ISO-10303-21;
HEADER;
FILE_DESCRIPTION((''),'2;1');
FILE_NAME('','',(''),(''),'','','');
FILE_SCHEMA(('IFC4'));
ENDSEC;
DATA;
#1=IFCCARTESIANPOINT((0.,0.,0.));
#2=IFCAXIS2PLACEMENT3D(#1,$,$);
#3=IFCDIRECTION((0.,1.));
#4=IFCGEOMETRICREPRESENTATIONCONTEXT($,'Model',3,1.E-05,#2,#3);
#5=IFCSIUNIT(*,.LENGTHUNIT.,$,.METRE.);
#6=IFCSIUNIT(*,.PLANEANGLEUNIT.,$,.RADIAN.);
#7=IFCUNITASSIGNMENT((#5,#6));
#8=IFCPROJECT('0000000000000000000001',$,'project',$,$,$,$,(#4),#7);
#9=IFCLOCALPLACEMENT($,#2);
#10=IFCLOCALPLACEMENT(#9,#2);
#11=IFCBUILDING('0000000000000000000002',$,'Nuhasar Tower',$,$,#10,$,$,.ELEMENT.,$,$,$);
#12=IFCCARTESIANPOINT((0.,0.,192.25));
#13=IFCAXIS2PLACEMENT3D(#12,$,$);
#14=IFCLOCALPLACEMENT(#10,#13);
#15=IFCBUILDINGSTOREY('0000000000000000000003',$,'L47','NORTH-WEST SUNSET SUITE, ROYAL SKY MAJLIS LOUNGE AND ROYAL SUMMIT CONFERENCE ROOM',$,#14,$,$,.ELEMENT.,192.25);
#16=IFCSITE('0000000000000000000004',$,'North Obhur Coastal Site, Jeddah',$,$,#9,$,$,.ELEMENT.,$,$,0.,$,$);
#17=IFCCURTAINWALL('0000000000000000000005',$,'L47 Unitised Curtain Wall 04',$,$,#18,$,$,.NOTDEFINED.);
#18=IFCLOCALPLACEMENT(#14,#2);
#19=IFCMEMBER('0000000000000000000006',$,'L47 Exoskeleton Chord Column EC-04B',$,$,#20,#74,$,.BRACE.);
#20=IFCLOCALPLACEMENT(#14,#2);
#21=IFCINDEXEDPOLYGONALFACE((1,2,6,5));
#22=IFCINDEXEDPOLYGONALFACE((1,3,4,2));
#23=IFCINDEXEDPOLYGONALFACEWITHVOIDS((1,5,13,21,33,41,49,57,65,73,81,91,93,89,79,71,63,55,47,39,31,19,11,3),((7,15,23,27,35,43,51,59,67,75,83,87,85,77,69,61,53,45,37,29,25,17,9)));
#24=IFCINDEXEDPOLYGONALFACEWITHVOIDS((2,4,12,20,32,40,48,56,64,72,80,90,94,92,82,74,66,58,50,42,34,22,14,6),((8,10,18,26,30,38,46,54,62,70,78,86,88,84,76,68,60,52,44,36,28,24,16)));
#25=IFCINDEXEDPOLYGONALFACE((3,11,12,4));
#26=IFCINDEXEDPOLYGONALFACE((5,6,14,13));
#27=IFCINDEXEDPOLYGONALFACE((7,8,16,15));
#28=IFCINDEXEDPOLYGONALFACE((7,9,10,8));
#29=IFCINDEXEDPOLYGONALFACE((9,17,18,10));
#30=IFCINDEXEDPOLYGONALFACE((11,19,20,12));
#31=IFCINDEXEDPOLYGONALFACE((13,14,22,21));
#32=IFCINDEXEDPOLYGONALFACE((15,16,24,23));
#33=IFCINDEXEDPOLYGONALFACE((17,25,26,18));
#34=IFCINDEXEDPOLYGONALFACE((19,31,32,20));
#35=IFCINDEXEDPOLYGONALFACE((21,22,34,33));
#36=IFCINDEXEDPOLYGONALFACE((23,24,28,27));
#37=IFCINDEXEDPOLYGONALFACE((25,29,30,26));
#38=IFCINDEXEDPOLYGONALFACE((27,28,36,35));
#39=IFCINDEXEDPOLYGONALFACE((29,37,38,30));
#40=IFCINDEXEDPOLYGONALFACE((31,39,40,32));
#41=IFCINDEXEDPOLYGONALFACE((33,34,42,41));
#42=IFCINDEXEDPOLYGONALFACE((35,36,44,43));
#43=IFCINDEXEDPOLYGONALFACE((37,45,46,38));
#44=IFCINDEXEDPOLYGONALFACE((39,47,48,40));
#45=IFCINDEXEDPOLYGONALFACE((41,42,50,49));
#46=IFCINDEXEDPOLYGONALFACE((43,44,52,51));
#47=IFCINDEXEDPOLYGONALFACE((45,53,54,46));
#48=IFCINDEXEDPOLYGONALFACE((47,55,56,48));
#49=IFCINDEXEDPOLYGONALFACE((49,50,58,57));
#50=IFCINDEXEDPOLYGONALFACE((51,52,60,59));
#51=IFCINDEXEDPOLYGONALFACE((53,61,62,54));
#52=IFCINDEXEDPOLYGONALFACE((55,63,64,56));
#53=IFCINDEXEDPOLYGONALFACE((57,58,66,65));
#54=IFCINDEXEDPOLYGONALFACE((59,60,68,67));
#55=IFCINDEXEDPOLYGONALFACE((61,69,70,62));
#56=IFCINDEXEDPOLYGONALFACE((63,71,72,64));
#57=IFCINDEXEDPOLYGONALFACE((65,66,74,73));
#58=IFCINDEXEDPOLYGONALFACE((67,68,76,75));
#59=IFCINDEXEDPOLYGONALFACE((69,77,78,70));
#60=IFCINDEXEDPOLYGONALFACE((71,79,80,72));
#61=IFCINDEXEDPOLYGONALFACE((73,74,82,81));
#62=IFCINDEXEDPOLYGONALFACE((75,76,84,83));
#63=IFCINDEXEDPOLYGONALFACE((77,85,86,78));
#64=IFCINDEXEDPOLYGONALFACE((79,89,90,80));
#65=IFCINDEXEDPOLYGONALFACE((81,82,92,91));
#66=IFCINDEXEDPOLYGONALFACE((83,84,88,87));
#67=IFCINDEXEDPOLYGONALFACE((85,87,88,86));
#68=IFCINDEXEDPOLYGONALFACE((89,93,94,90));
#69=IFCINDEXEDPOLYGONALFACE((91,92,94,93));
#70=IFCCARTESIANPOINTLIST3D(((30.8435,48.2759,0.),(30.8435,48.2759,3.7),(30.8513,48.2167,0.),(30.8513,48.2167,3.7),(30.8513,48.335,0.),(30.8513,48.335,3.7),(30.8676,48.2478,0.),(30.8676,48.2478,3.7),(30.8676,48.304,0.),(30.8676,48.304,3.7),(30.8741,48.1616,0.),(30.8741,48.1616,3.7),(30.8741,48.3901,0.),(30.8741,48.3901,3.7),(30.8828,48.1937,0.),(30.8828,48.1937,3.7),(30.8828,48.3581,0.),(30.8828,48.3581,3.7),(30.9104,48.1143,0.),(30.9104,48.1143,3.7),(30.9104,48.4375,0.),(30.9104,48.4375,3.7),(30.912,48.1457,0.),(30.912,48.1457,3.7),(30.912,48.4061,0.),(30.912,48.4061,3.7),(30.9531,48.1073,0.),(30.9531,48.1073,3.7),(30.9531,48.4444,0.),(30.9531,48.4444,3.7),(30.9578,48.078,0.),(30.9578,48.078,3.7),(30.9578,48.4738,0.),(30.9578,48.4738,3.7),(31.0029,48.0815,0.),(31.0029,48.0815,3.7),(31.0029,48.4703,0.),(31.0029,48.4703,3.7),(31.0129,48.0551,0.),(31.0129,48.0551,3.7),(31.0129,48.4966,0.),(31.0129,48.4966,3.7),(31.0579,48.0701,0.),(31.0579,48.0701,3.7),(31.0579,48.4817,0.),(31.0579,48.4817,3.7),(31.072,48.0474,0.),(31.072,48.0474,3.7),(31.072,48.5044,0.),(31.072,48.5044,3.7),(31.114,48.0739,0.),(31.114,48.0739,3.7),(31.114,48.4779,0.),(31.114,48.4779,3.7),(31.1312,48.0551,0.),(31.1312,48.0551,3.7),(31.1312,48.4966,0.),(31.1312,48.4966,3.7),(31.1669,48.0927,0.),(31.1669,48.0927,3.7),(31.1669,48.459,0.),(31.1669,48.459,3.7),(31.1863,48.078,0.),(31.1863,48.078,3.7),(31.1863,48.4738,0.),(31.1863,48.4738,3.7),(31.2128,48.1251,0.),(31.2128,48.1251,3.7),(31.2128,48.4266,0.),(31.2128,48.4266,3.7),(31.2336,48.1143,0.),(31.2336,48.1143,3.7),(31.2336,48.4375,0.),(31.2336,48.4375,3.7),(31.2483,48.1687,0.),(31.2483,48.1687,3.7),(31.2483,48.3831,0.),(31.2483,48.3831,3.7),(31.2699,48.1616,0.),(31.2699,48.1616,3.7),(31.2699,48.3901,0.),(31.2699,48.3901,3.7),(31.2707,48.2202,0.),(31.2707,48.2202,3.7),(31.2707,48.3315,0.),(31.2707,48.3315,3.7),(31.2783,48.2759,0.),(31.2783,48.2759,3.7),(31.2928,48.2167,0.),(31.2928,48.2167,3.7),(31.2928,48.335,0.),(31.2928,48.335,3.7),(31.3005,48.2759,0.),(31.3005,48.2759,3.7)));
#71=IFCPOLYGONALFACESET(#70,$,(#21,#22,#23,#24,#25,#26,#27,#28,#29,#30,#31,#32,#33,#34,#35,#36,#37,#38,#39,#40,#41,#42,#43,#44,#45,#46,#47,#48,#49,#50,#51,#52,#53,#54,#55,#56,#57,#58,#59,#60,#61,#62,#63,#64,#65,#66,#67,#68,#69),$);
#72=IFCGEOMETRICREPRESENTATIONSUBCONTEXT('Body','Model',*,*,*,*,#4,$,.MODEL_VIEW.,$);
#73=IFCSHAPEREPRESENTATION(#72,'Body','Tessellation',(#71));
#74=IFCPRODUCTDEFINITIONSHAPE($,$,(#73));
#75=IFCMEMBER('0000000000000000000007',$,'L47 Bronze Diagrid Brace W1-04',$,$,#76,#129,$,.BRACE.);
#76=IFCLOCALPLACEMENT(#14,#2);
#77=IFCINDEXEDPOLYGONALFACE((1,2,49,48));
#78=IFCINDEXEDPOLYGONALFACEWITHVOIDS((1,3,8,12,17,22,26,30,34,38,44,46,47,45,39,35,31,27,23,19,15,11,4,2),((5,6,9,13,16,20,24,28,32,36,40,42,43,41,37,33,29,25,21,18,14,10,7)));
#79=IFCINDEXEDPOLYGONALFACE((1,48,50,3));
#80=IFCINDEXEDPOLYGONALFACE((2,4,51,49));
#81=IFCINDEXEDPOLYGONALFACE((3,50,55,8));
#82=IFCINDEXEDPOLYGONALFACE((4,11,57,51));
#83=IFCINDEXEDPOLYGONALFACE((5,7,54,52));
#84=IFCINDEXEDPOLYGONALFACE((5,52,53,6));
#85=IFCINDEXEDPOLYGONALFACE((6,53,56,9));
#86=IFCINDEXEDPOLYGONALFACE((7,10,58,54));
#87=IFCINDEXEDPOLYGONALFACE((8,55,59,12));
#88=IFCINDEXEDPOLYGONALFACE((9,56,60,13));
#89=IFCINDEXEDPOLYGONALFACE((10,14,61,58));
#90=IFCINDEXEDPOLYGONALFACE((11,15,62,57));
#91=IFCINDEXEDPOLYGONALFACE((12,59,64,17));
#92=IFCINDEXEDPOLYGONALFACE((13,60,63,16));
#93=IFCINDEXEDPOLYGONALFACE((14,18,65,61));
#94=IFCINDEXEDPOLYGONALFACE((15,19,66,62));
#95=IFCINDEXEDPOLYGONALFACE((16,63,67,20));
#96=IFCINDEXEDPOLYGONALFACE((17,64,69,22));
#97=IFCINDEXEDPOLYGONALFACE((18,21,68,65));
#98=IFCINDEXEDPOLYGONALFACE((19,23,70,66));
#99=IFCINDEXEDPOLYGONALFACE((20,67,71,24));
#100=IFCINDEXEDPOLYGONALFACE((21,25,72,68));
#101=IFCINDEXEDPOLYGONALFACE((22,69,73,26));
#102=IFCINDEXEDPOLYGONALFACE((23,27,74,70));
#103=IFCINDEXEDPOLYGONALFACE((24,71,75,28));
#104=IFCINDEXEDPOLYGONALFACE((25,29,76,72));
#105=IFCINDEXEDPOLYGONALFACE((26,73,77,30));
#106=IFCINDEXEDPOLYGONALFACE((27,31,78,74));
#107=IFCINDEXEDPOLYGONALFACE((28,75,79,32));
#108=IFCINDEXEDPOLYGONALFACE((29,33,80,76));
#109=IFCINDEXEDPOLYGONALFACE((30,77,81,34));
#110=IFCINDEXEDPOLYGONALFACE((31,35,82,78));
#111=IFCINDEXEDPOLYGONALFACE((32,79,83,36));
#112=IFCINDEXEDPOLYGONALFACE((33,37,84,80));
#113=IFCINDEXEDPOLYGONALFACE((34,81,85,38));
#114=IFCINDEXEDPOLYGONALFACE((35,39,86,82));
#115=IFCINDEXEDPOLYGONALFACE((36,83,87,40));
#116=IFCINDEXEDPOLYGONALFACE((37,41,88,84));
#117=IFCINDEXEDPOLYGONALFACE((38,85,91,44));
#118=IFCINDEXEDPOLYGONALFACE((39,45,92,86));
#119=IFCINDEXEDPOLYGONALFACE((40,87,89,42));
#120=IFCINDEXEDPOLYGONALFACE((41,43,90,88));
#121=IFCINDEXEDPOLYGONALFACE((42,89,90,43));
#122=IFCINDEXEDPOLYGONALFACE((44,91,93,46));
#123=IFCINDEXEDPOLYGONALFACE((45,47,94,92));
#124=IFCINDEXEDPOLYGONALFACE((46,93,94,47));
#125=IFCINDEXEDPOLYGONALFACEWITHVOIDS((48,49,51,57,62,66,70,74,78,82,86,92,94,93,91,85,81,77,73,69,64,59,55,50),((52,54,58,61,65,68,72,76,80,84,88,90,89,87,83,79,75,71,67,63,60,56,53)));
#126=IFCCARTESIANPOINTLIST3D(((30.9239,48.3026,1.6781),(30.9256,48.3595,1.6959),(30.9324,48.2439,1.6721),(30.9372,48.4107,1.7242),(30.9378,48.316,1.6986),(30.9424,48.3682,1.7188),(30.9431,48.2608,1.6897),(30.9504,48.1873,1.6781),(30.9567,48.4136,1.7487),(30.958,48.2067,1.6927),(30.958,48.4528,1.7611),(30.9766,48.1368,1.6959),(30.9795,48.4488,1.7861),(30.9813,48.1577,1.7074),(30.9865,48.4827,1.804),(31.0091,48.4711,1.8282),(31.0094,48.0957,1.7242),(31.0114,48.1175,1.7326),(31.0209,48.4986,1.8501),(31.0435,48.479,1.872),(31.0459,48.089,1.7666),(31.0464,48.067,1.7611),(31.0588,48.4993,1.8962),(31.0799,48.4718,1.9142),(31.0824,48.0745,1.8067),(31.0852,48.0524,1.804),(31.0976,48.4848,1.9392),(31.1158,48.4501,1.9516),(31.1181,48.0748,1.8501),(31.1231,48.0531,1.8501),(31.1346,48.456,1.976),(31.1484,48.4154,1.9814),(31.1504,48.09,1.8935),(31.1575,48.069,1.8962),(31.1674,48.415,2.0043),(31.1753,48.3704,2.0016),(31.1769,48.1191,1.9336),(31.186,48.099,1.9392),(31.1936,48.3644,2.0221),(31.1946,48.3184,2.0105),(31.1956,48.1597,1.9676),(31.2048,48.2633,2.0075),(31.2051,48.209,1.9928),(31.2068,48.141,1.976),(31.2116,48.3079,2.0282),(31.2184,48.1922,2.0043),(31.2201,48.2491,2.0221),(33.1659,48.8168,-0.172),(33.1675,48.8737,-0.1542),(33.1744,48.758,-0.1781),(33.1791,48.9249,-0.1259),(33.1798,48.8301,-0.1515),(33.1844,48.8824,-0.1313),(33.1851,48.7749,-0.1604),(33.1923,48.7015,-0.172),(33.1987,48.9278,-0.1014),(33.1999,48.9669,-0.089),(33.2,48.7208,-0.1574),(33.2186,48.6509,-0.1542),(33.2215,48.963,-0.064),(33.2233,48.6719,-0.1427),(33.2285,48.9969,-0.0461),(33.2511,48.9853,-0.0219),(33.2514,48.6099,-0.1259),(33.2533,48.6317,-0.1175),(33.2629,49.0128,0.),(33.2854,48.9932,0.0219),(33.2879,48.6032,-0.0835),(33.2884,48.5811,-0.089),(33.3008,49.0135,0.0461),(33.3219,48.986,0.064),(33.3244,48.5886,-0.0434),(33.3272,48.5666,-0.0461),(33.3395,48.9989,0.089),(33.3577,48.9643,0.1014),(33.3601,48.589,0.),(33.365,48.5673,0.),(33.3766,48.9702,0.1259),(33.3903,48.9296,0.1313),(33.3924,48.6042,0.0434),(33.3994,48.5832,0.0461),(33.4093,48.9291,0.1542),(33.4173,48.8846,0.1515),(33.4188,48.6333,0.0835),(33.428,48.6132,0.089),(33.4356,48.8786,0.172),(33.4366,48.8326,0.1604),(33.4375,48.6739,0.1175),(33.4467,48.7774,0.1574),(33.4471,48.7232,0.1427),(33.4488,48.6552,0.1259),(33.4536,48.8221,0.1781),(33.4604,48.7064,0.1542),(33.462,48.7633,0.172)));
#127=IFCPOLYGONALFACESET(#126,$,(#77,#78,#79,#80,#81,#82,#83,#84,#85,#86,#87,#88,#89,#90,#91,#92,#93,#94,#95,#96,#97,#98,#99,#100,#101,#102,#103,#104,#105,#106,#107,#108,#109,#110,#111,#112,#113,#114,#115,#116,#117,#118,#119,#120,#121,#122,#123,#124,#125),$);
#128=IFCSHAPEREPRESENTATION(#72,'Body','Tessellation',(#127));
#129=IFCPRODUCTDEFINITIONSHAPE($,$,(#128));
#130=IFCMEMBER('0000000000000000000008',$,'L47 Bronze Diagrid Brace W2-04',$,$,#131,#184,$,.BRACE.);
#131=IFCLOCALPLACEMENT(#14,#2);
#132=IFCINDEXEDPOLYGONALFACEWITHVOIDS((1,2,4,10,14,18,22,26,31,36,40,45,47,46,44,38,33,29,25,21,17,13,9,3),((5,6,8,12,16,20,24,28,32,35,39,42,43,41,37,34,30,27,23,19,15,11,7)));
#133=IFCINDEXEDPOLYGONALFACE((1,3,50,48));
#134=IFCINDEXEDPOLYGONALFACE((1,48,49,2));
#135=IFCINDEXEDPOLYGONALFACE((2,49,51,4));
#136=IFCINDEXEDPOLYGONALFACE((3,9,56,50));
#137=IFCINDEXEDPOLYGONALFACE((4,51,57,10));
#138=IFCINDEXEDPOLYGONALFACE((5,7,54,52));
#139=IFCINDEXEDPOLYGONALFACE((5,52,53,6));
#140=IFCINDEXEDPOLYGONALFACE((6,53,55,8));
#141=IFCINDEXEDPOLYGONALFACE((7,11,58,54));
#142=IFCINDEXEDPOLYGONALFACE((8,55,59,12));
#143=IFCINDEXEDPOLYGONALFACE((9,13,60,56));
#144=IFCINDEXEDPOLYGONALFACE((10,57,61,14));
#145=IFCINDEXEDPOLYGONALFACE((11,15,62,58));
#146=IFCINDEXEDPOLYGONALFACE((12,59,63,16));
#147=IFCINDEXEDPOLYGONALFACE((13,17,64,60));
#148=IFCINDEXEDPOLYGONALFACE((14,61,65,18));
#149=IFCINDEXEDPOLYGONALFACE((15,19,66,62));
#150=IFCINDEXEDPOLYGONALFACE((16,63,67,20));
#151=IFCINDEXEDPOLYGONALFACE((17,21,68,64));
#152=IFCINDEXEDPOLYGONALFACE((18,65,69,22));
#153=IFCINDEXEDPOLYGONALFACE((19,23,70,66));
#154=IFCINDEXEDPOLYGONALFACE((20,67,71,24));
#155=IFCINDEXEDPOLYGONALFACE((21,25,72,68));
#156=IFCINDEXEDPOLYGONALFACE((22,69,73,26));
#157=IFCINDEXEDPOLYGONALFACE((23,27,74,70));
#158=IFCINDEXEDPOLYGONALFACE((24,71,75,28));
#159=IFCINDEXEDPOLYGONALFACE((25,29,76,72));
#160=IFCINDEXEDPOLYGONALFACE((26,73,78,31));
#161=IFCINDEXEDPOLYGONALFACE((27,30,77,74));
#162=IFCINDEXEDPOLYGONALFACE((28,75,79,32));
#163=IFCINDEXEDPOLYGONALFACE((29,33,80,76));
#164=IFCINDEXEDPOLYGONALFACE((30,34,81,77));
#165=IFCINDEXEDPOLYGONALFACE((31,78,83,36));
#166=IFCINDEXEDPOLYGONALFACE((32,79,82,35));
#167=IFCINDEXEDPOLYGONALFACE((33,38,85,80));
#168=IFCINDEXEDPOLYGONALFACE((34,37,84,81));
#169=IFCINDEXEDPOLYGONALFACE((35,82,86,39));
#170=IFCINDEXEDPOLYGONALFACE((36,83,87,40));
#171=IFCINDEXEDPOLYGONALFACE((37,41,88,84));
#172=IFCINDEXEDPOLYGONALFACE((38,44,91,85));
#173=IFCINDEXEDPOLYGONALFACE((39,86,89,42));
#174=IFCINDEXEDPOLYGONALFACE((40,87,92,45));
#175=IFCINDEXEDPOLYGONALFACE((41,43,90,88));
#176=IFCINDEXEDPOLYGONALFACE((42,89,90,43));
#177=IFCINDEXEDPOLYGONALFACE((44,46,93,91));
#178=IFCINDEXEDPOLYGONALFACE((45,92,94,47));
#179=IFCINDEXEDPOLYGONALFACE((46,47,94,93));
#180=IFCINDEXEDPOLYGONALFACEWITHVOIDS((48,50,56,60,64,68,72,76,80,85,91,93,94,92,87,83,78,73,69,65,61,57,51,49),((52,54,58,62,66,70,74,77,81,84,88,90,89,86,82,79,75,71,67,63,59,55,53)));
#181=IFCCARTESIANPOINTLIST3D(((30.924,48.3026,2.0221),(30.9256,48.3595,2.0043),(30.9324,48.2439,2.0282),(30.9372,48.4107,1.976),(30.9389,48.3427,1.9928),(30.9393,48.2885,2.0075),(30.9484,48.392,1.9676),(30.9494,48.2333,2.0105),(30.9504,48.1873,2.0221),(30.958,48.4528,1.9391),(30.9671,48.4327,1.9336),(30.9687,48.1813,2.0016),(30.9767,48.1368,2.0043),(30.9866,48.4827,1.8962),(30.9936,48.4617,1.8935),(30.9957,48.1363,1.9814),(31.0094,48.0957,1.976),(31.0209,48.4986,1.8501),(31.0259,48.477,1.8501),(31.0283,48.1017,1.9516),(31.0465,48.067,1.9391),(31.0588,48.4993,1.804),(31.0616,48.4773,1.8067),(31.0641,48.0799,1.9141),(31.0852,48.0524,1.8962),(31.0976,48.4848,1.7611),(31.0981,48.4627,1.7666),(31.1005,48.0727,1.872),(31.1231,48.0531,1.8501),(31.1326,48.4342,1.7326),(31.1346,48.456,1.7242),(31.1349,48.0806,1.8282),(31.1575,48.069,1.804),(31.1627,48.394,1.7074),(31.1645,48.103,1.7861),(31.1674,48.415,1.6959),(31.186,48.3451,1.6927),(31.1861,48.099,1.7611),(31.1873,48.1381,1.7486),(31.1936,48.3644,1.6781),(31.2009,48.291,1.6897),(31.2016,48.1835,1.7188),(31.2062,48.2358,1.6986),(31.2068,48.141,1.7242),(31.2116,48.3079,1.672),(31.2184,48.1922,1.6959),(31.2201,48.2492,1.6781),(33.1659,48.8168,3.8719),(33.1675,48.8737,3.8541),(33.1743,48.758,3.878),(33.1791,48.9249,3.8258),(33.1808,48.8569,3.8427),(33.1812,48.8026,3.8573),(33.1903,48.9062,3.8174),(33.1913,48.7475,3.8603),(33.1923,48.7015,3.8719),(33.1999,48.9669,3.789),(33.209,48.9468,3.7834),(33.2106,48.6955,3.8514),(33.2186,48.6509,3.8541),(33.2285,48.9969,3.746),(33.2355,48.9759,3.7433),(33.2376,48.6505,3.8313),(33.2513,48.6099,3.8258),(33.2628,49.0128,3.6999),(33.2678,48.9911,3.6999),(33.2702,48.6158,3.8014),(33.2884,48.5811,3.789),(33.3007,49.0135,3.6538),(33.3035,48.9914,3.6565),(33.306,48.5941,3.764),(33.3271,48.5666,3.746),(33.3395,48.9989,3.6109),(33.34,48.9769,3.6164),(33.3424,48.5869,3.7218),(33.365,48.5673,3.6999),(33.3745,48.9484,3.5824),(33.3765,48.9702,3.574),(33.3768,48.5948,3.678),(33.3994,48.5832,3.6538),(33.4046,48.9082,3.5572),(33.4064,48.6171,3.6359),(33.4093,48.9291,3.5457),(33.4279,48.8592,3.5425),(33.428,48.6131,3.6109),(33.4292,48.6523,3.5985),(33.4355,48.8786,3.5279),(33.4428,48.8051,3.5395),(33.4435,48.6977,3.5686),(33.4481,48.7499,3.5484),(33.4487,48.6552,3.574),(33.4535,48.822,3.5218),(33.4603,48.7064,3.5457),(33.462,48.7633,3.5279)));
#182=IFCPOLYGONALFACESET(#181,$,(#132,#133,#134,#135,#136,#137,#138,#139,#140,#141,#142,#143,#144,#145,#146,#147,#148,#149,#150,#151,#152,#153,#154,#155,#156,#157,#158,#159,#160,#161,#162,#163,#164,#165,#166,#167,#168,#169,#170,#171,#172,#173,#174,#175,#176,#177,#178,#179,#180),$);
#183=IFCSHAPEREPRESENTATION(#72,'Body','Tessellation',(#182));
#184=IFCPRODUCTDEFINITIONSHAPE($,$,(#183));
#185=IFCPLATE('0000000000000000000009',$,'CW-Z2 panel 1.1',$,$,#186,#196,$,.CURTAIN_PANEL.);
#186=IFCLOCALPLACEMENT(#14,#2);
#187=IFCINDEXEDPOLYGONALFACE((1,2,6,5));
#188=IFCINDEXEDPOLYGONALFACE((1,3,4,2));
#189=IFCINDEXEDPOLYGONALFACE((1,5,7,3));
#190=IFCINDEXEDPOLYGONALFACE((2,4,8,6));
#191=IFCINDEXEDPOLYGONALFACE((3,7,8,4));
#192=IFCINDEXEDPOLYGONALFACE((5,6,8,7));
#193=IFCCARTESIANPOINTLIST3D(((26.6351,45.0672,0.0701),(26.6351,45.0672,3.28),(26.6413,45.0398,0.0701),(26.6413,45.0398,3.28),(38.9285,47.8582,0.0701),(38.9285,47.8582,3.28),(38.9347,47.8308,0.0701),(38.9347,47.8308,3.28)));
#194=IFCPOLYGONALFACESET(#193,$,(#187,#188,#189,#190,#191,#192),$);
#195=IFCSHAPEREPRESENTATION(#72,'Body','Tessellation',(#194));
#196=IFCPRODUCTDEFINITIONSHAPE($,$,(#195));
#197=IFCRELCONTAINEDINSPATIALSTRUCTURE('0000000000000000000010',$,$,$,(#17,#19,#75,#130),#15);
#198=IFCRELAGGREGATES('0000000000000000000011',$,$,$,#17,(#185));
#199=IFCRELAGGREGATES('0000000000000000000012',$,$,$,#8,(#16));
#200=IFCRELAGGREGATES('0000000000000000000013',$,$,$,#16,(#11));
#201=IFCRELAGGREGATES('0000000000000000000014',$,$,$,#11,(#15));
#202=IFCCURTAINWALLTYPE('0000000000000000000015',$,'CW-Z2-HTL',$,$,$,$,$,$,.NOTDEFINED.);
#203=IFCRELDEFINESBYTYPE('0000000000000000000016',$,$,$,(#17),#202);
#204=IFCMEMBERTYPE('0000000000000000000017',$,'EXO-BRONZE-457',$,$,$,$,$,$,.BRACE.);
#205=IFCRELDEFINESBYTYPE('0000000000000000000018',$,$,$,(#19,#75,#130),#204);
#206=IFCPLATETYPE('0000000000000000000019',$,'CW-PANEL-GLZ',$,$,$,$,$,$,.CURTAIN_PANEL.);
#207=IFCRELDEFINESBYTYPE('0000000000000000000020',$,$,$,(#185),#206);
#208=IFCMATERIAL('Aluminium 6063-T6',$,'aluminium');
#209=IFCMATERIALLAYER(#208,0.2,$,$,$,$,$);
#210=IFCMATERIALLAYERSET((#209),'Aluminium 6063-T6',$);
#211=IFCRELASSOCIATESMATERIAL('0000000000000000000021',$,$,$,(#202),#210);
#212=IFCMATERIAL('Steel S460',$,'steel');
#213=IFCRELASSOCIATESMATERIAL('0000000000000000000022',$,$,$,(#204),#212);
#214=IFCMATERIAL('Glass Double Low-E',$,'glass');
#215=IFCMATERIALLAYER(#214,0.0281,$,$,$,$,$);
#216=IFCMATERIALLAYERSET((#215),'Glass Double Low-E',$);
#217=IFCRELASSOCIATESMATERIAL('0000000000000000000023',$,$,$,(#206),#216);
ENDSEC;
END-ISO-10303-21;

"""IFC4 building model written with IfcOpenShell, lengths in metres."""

from ifc_helpers import new_model, si_unit, direction, frame, origin, origin_2d, place, context, subcontext, project, spatial, rectangle, hollow_circle, extrude, material, layer, layer_set, material_profile, profile_set, type_object, element, aggregate, save


model = new_model("IFC4")

# Units and contexts
model_context = context("Model", 3, precision=1e-05, world=origin(), true_north=direction((0.0, 1.0)))
body_context = subcontext(model_context, "Body", "Model", "MODEL_VIEW")
ifc_project = project(units=[si_unit("LENGTHUNIT", "METRE"), si_unit("PLANEANGLEUNIT", "RADIAN")], contexts=[model_context])

# Site, building, storey
site_placement = place(None, origin())
site = spatial("IfcSite", under=ifc_project, at=site_placement, Name="North Obhur Coastal Site, Jeddah", CompositionType="ELEMENT", RefElevation=0.0)
building_placement = place(site_placement, origin())
building = spatial("IfcBuilding", under=site, at=building_placement, Name="Nuhasar Tower", CompositionType="ELEMENT")
storey_placement = place(building_placement, frame((0.0, 0.0, 192.25)))
storey = spatial("IfcBuildingStorey", under=building, at=storey_placement, Name="L47", Description="NORTH-WEST SUNSET SUITE, ROYAL SKY MAJLIS LOUNGE AND ROYAL SUMMIT CONFERENCE ROOM", CompositionType="ELEMENT", Elevation=192.25)

# Curtain wall
ifc_material_1 = material(Name="Aluminium 6063-T6", Category="aluminium")
ifc_layer_1 = layer(ifc_material_1, 0.2)
ifc_layer_set_1 = layer_set([ifc_layer_1], Name="Aluminium 6063-T6")
curtain_wall_type = type_object("IfcCurtainWallType", Name="CW-Z2-HTL", PredefinedType="NOTDEFINED", material=ifc_layer_set_1)
curtain_wall_placement = place(storey_placement, origin())
curtain_wall = element("IfcCurtainWall", 1, at=curtain_wall_placement, inside=storey, type_object=curtain_wall_type, Name="L47 Unitised Curtain Wall 04", PredefinedType="NOTDEFINED")

# Members
ifc_material_2 = material(Name="Steel S460", Category="steel")
ifc_material_profile_1 = material_profile(ifc_material_2, hollow_circle(Radius=0.2285, WallThickness=0.0222, at=origin_2d()), Name="HSS457X22.2")
ifc_profile_set_1 = profile_set([ifc_material_profile_1], Name="Steel S460")
member_type_1 = type_object("IfcMemberType", Name="EXO-BRONZE-457", PredefinedType="BRACE", material=ifc_profile_set_1)
for number, where, z_axis, x_axis, name in (
    (2, (31.072, 48.2759, 0.0), (0.0, 0.0, 1.0), (1.0, 0.0, 0.0), "L47 Exoskeleton Chord Column EC-04B"),
):
    element("IfcMember", number, at=place(storey_placement, frame(where, z_axis=z_axis, x_axis=x_axis)), inside=storey, type_object=member_type_1, Name=name, PredefinedType="BRACE", context=body_context, shape_type="SweptSolid", body=[
        extrude(hollow_circle(Radius=0.2285, WallThickness=0.0222, at=origin_2d()), origin(), (0.0, 0.0, 1.0), 3.7),
    ])
member_1_placement = place(storey_placement, frame((33.314, 48.79, 0.0), z_axis=(-0.7595, -0.174181, 0.626755), x_axis=(0.223534, -0.974696, 0.0)))
element("IfcMember", 3, at=member_1_placement, inside=storey, type_object=member_type_1, Name="L47 Bronze Diagrid Brace W1-04", PredefinedType="BRACE", context=body_context, shape_type="SweptSolid", body=[
    extrude(hollow_circle(Radius=0.2285, WallThickness=0.0222, at=origin_2d()), origin(), (0.0, 0.0, 1.0), 2.9519),
])
member_2_placement = place(storey_placement, frame((31.072, 48.2759, 1.8501), z_axis=(0.759539, 0.17419, 0.626704), x_axis=(-0.223534, 0.974696, 0.0)))
element("IfcMember", 4, at=member_2_placement, inside=storey, type_object=member_type_1, Name="L47 Bronze Diagrid Brace W2-04", PredefinedType="BRACE", context=body_context, shape_type="SweptSolid", body=[
    extrude(hollow_circle(Radius=0.2285, WallThickness=0.0222, at=origin_2d()), origin(), (0.0, 0.0, 1.0), 2.9517),
])

# Plate
ifc_material_3 = material(Name="Glass Double Low-E", Category="glass")
ifc_layer_2 = layer(ifc_material_3, 0.0281)
ifc_layer_set_2 = layer_set([ifc_layer_2], Name="Glass Double Low-E")
plate_type = type_object("IfcPlateType", Name="CW-PANEL-GLZ", PredefinedType="CURTAIN_PANEL", material=ifc_layer_set_2)
plate_placement = place(storey_placement, frame((32.7849, 46.449, 0.0701), z_axis=(0.0, 0.0, 1.0), x_axis=(-0.975184, -0.221397, 0.0)))
plate = element("IfcPlate", 5, at=plate_placement, type_object=plate_type, Name="CW-Z2 panel 1.1", PredefinedType="CURTAIN_PANEL", context=body_context, shape_type="SweptSolid", body=[
    extrude(rectangle(XDim=12.6062, YDim=0.0281, at=origin_2d()), origin(), (0.0, 0.0, 1.0), 3.21),
])
aggregate(curtain_wall, [plate])

save(model, "model.ifc")
